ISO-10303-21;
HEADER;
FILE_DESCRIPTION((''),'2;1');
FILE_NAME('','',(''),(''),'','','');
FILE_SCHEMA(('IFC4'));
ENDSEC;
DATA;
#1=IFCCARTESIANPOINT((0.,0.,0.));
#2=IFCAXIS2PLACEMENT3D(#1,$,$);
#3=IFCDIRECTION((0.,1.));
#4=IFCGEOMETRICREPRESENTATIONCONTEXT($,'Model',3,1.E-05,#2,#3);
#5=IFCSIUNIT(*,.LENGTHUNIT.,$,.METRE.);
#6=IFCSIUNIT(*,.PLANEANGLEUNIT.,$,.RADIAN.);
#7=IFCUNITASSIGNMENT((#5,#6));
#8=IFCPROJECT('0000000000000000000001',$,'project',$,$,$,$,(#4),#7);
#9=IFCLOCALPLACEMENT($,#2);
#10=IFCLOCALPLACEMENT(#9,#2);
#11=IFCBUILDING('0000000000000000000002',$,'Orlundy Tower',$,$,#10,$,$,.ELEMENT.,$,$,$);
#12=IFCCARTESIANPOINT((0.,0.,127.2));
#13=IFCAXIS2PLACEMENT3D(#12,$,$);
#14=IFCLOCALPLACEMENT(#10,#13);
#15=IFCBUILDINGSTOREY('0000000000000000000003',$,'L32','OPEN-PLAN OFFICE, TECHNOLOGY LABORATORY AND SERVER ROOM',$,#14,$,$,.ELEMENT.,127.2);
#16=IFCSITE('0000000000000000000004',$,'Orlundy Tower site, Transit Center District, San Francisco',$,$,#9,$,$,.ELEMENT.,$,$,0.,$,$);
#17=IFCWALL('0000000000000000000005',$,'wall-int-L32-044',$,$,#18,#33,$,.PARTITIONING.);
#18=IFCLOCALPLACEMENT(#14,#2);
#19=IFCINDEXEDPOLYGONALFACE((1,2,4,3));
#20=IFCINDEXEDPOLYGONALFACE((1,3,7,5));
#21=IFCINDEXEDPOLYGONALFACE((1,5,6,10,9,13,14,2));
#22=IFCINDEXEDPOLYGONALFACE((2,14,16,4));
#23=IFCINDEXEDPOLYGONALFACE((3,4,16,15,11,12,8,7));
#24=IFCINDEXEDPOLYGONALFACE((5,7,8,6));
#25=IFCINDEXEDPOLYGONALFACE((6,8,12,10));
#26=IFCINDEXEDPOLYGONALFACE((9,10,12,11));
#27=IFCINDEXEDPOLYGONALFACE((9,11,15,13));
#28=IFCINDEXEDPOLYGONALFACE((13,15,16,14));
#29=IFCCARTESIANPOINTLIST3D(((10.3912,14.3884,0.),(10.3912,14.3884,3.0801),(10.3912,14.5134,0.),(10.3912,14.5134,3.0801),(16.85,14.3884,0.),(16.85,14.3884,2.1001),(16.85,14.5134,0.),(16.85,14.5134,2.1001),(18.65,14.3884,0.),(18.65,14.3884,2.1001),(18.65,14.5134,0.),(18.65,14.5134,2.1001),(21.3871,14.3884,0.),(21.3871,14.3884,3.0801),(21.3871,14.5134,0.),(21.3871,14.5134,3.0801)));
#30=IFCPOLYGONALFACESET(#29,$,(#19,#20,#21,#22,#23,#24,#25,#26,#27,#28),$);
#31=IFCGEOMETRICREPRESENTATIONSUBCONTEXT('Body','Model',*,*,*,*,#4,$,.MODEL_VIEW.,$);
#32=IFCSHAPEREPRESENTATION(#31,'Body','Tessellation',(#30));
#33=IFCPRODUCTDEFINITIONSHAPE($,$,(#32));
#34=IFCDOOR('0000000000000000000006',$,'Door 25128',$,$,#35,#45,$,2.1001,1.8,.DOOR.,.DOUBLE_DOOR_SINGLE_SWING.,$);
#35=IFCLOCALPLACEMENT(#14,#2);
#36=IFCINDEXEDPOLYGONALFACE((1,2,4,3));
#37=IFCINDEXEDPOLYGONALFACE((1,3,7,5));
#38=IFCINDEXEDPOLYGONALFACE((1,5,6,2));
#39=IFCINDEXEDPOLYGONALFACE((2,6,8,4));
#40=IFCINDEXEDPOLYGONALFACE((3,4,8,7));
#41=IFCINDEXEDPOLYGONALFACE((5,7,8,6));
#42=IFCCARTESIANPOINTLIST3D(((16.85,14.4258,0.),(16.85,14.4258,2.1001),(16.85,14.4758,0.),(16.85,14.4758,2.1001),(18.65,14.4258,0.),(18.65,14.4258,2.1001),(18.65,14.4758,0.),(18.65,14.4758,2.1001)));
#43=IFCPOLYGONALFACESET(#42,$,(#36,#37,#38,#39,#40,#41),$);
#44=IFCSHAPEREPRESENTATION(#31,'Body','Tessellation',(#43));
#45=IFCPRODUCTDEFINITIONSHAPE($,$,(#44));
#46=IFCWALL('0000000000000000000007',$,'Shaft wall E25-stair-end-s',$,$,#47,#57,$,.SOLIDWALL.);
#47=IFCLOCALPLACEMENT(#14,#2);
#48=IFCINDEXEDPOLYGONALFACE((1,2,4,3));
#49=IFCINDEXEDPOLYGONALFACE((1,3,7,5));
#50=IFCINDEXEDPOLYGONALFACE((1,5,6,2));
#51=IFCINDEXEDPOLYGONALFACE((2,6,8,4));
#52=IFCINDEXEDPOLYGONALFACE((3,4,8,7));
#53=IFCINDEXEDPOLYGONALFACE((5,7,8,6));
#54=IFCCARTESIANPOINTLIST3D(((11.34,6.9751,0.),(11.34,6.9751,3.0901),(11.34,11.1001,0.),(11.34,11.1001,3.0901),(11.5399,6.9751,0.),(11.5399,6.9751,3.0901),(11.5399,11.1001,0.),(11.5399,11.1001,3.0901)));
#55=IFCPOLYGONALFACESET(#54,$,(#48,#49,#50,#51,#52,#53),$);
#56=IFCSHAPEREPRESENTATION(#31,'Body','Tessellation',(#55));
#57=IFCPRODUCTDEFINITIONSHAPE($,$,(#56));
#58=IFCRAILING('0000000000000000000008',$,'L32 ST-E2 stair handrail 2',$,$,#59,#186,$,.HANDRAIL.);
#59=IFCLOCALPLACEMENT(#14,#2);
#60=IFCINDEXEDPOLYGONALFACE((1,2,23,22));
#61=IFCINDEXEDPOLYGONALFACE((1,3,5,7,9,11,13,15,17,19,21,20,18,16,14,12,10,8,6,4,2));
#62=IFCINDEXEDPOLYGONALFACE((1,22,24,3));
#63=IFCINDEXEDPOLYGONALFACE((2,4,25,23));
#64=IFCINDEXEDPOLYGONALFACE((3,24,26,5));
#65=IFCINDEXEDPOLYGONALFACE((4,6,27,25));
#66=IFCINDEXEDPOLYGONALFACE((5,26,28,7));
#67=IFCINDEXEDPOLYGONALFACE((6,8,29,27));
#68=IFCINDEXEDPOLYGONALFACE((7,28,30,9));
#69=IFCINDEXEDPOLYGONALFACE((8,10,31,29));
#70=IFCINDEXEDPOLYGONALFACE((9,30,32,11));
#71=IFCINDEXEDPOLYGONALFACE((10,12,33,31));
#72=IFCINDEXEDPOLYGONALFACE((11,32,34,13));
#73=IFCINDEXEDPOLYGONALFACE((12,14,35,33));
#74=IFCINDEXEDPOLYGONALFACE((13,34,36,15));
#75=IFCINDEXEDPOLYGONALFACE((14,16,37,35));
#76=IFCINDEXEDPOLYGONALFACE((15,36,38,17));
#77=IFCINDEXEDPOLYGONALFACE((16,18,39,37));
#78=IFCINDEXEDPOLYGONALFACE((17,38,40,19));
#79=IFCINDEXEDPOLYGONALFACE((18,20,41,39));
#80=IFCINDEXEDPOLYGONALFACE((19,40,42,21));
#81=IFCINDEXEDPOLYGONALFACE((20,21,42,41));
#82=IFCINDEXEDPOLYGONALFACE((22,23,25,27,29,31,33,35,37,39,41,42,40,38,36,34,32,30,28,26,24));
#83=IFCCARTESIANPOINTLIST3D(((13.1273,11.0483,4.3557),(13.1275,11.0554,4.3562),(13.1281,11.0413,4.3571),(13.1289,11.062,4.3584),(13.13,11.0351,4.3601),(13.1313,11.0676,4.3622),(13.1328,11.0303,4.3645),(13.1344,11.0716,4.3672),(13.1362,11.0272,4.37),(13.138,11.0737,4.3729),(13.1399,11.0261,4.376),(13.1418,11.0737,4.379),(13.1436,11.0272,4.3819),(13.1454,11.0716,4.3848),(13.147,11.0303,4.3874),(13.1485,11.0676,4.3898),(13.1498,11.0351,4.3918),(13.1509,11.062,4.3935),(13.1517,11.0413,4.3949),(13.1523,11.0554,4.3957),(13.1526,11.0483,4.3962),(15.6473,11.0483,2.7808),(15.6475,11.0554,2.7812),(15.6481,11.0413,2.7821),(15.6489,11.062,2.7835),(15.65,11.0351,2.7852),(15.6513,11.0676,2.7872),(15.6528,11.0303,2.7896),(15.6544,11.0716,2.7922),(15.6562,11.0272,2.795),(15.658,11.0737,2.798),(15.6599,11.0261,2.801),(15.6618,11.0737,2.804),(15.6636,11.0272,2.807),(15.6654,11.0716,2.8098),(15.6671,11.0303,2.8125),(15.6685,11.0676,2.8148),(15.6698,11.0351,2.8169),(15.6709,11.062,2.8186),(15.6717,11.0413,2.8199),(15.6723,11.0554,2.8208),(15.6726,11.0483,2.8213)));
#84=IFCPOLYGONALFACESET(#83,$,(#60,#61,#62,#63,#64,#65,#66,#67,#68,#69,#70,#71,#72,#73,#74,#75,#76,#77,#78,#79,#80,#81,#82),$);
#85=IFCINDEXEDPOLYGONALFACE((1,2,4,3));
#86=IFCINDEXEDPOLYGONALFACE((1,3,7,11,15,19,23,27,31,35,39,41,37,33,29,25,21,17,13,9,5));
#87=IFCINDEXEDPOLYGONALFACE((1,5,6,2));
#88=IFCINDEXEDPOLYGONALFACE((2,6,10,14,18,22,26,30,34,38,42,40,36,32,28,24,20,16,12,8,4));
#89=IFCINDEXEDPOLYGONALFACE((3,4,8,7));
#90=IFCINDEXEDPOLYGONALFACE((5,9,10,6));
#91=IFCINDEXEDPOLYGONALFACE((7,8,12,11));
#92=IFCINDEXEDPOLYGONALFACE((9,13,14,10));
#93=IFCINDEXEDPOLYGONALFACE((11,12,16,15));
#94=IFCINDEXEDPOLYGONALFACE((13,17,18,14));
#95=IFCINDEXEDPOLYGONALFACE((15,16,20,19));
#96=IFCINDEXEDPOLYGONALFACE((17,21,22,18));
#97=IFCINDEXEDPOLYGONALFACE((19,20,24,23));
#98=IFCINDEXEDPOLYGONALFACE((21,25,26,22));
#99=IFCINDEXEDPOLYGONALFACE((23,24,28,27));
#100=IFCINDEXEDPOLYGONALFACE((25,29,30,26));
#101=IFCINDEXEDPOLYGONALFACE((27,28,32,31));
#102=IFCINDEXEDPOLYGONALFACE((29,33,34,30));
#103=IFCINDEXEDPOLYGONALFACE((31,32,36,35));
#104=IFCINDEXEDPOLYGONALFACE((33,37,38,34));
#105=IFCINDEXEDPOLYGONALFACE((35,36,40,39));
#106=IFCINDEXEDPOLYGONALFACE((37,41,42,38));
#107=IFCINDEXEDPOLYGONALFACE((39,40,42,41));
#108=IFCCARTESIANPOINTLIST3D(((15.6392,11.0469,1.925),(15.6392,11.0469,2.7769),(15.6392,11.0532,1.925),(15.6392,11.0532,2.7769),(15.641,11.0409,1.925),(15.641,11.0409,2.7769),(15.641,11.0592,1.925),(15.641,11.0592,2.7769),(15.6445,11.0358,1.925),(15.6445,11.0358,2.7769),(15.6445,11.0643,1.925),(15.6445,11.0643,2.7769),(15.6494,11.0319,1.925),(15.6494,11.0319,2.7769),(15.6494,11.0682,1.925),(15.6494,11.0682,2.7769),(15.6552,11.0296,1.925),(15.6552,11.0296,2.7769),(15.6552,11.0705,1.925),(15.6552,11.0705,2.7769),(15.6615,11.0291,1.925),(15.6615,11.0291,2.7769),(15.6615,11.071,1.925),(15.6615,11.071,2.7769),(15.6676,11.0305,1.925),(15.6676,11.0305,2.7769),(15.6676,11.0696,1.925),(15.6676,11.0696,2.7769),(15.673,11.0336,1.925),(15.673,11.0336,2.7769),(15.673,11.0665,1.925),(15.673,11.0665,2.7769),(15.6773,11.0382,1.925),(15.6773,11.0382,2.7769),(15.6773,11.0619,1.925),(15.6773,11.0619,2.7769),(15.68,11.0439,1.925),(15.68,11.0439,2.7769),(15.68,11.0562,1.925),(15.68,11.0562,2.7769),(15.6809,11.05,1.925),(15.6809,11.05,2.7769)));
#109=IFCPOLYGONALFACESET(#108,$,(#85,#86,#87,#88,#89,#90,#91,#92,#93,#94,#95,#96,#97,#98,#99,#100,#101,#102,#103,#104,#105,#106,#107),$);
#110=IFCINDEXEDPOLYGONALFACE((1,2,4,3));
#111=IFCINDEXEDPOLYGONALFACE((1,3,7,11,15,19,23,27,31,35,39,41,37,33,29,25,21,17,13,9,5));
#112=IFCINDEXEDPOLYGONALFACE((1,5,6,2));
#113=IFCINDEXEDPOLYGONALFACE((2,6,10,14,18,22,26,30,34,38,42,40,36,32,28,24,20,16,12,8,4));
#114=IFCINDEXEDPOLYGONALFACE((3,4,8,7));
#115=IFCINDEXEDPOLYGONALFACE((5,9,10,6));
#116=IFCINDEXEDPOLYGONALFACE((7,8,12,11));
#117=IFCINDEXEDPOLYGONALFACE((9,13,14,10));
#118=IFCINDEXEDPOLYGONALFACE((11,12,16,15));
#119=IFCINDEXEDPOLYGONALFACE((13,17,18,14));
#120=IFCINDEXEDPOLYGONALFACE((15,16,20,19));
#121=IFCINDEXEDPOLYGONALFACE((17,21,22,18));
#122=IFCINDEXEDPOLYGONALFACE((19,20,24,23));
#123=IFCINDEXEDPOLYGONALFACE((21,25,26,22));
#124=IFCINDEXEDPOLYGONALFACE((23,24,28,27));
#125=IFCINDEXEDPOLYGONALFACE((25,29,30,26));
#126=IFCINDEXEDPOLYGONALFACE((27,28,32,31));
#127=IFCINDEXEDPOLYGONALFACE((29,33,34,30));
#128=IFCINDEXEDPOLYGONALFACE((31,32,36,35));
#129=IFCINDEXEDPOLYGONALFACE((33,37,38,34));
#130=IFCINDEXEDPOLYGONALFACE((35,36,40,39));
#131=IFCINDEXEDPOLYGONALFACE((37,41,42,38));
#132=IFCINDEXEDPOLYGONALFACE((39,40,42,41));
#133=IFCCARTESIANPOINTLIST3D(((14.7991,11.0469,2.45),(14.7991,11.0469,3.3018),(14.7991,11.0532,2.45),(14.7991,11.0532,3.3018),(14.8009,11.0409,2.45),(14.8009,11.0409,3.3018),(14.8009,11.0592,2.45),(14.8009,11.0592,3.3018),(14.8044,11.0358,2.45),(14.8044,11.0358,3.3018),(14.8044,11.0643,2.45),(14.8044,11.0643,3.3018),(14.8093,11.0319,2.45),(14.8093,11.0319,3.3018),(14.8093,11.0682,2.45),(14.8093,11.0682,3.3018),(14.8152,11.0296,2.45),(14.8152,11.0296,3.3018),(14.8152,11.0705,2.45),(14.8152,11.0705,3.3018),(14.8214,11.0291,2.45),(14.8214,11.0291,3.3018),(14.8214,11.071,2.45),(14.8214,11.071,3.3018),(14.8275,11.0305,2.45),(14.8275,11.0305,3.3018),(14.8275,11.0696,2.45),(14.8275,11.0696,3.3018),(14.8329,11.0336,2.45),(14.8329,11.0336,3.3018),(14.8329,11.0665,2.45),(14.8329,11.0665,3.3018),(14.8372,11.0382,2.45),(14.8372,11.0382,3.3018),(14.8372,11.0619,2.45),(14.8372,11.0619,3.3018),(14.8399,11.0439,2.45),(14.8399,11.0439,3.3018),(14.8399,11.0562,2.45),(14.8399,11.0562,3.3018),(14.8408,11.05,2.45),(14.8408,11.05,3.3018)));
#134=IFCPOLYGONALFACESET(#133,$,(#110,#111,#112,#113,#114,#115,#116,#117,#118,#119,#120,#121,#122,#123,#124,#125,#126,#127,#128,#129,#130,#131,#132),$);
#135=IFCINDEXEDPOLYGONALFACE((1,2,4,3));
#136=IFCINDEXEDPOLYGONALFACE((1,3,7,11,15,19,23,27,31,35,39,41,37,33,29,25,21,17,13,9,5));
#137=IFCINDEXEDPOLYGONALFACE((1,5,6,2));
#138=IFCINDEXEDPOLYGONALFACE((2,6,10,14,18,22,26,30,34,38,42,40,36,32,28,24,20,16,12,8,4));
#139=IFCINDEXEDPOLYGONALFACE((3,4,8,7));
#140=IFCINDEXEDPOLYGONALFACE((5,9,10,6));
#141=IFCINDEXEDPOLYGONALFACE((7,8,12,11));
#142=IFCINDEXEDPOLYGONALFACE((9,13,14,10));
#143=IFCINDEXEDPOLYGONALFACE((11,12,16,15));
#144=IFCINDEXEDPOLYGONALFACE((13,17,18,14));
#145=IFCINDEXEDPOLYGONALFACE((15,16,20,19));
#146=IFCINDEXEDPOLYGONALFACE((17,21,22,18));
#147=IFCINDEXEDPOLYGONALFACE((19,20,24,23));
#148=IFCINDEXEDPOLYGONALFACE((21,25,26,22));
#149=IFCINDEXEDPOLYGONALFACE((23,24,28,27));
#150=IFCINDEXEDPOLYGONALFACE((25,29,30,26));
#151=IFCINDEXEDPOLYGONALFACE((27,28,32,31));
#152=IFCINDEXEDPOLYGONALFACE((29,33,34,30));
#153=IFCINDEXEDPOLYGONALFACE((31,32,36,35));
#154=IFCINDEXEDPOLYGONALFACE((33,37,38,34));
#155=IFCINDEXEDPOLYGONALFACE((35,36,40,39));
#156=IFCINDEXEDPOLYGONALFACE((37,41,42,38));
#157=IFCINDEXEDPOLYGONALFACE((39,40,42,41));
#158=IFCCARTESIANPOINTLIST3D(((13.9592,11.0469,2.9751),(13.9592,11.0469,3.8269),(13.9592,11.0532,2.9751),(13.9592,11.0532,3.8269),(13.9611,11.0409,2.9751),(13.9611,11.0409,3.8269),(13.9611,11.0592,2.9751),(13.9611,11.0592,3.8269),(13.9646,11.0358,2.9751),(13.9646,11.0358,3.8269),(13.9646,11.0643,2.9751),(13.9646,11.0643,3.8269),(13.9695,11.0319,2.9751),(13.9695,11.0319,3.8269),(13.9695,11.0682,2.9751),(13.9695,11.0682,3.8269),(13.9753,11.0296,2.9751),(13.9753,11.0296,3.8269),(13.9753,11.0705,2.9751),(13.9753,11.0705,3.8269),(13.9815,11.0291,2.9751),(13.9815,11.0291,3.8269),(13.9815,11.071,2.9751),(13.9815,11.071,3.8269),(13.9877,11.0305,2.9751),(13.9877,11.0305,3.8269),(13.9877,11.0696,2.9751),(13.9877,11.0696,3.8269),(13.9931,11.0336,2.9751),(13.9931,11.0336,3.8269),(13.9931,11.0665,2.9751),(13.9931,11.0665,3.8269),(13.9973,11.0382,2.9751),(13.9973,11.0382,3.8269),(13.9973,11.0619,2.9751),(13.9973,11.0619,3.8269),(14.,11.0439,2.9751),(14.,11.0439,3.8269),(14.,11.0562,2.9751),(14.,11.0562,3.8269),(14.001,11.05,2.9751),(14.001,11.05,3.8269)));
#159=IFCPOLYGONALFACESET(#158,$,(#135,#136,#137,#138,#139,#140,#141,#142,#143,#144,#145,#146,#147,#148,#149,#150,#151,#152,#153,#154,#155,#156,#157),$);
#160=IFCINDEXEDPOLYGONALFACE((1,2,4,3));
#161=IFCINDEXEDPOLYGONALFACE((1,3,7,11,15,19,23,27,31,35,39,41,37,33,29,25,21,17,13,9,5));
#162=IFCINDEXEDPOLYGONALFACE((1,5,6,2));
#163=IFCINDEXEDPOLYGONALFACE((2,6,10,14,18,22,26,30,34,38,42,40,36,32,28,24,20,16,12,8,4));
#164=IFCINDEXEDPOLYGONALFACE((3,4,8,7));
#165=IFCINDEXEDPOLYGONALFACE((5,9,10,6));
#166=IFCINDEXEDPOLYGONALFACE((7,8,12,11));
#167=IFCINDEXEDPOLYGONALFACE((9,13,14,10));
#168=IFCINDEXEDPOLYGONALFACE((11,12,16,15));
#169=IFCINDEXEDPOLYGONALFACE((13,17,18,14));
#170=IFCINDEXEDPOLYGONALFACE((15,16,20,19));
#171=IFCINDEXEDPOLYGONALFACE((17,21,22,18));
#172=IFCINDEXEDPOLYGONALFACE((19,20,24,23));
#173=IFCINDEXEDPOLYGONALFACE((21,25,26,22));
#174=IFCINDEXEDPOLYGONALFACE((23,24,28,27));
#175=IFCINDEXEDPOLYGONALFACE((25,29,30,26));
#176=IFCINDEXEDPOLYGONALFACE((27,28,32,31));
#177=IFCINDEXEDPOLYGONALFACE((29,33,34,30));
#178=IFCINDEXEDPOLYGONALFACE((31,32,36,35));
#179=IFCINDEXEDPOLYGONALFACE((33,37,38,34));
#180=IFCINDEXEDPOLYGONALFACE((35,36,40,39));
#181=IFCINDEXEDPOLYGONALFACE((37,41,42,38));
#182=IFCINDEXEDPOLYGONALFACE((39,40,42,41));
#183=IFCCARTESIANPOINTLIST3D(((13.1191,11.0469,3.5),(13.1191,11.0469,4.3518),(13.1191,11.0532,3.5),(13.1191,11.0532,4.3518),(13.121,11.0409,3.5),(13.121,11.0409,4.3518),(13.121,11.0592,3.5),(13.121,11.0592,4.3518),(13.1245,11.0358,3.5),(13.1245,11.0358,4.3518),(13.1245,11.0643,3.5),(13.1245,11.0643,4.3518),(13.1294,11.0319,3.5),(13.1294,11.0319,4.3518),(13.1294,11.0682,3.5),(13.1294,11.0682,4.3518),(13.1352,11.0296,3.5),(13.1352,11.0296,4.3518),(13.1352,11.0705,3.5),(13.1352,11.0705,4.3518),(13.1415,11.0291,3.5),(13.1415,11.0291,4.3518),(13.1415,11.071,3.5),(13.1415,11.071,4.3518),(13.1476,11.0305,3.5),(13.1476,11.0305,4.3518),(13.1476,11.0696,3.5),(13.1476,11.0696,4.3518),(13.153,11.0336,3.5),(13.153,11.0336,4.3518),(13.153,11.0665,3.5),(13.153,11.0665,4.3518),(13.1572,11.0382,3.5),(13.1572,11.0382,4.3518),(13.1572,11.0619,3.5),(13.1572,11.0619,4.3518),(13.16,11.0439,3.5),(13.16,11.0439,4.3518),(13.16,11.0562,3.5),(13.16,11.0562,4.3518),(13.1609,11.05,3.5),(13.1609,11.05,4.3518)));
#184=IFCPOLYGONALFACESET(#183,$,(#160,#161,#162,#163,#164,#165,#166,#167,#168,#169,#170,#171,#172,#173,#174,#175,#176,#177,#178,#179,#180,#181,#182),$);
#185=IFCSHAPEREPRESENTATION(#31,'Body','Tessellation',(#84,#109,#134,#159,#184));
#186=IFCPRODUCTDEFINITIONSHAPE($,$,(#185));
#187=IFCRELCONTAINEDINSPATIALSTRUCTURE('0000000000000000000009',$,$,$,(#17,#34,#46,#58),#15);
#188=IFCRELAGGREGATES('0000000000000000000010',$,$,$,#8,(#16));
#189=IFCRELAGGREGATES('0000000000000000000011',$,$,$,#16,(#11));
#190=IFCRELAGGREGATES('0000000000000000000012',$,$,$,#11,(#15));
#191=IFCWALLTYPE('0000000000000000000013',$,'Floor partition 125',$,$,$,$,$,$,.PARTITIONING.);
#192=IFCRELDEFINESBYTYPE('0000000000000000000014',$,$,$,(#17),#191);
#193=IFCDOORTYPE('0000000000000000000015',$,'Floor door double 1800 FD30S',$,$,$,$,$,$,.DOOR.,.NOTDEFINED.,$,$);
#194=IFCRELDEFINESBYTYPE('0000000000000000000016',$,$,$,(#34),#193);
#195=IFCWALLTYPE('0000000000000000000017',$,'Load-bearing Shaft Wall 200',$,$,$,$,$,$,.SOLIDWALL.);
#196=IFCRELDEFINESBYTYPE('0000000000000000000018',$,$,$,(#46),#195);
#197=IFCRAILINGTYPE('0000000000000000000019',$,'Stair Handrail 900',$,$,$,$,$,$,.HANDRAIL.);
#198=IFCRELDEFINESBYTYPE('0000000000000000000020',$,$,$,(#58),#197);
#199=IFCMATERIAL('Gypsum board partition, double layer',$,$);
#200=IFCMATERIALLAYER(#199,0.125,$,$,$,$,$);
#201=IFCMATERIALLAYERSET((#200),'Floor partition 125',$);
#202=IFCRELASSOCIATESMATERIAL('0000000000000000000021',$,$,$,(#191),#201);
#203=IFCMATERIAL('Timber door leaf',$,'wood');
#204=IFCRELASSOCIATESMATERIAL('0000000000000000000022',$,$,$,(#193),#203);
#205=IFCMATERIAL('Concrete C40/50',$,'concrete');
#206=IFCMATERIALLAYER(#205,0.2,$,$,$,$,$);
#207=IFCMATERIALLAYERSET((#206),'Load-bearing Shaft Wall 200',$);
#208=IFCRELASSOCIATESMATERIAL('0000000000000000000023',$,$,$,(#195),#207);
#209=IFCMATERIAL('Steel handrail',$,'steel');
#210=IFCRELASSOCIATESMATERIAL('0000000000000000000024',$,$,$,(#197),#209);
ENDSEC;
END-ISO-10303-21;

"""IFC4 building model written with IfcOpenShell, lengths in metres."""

from ifc_helpers import new_model, si_unit, direction, frame, frame_2d, origin, origin_2d, place, context, subcontext, project, spatial, rectangle, circle, extrude, material, layer, layer_set, type_object, element, fill, save


model = new_model("IFC4")

# Units and contexts
model_context = context("Model", 3, precision=1e-05, world=origin(), true_north=direction((0.0, 1.0)))
body_context = subcontext(model_context, "Body", "Model", "MODEL_VIEW")
ifc_project = project(units=[si_unit("LENGTHUNIT", "METRE"), si_unit("PLANEANGLEUNIT", "RADIAN")], contexts=[model_context])

# Site, building, storey
site_placement = place(None, origin())
site = spatial("IfcSite", under=ifc_project, at=site_placement, Name="Orlundy Tower site, Transit Center District, San Francisco", CompositionType="ELEMENT", RefElevation=0.0)
building_placement = place(site_placement, origin())
building = spatial("IfcBuilding", under=site, at=building_placement, Name="Orlundy Tower", CompositionType="ELEMENT")
storey_placement = place(building_placement, frame((0.0, 0.0, 127.2)))
storey = spatial("IfcBuildingStorey", under=building, at=storey_placement, Name="L32", Description="OPEN-PLAN OFFICE, TECHNOLOGY LABORATORY AND SERVER ROOM", CompositionType="ELEMENT", Elevation=127.2)

# Wall, opening, door
ifc_material_1 = material(Name="Gypsum board partition, double layer")
ifc_layer_1 = layer(ifc_material_1, 0.125)
ifc_layer_set_1 = layer_set([ifc_layer_1], Name="Floor partition 125")
wall_type_1 = type_object("IfcWallType", Name="Floor partition 125", PredefinedType="PARTITIONING", material=ifc_layer_set_1)
wall_1_placement = place(storey_placement, frame((10.3911, 14.4509, 0.0), z_axis=(0.0, 0.0, 1.0), x_axis=(1.0, 0.0, 0.0)))
wall_1 = element("IfcWall", 1, at=wall_1_placement, inside=storey, type_object=wall_type_1, Name="wall-int-L32-044", PredefinedType="PARTITIONING", context=body_context, shape_type="SweptSolid", body=[
    extrude(rectangle(XDim=10.9958, YDim=0.125, at=frame_2d((5.498, 0.0))), origin(), (0.0, 0.0, 1.0), 3.0801),
])
opening_1_placement = place(wall_1_placement, frame((6.459, 0.0, 0.0)))
opening_1 = element("IfcOpeningElement", 2, at=opening_1_placement, cuts=wall_1, PredefinedType="OPENING", context=body_context, shape_type="SweptSolid", body=[
    extrude(rectangle(XDim=1.8, YDim=2.1001, at=frame_2d((0.8999, 1.05))), frame((0.0, 0.0725, 0.0), z_axis=(0.0, -1.0, 0.0), x_axis=(1.0, 0.0, 0.0)), (0.0, 0.0, 1.0), 0.145),
])
ifc_material_2 = material(Name="Timber door leaf", Category="wood")
door_type_1 = type_object("IfcDoorType", Name="Floor door double 1800 FD30S", OperationType="NOTDEFINED", PredefinedType="DOOR", material=ifc_material_2)
door_1_placement = place(opening_1_placement, origin())
door_1 = element("IfcDoor", 3, at=door_1_placement, inside=storey, type_object=door_type_1, Name="Door 25128", OperationType="DOUBLE_DOOR_SINGLE_SWING", OverallHeight=2.1001, OverallWidth=1.8, PredefinedType="DOOR", context=body_context, shape_type="SweptSolid", body=[
    extrude(rectangle(XDim=1.8, YDim=2.1001, at=frame_2d((0.8999, 1.05))), frame((0.0, 0.0249, 0.0), z_axis=(0.0, -1.0, 0.0), x_axis=(1.0, 0.0, 0.0)), (0.0, 0.0, 1.0), 0.05),
])
fill(opening_1, door_1)

# Wall
ifc_material_3 = material(Name="Concrete C40/50", Category="concrete")
ifc_layer_2 = layer(ifc_material_3, 0.2)
ifc_layer_set_2 = layer_set([ifc_layer_2], Name="Load-bearing Shaft Wall 200")
wall_type_2 = type_object("IfcWallType", Name="Load-bearing Shaft Wall 200", PredefinedType="SOLIDWALL", material=ifc_layer_set_2)
wall_2_placement = place(storey_placement, frame((11.4399, 11.1001, 0.0), z_axis=(0.0, 0.0, 1.0), x_axis=(0.0, -1.0, 0.0)))
element("IfcWall", 4, at=wall_2_placement, inside=storey, type_object=wall_type_2, Name="Shaft wall E25-stair-end-s", PredefinedType="SOLIDWALL", context=body_context, shape_type="SweptSolid", body=[
    extrude(rectangle(XDim=4.125, YDim=0.2, at=frame_2d((2.0625, 0.0))), origin(), (0.0, 0.0, 1.0), 3.0901),
])

# Railing
ifc_material_4 = material(Name="Steel handrail", Category="steel")
railing_type = type_object("IfcRailingType", Name="Stair Handrail 900", PredefinedType="HANDRAIL", material=ifc_material_4)
railing_placement = place(storey_placement, frame((15.6599, 11.05, 1.925)))
element("IfcRailing", 5, at=railing_placement, inside=storey, type_object=railing_type, Name="L32 ST-E2 stair handrail 2", PredefinedType="HANDRAIL", context=body_context, shape_type="SweptSolid", body=[
    extrude(circle(Radius=0.0239, at=origin_2d()), frame((0.0, 0.0, 0.876), z_axis=(-0.848008, 0.0, 0.529984), x_axis=(0.0, -1.0, 0.0)), (0.0, 0.0, 1.0), 2.9717),
    extrude(circle(Radius=0.021, at=origin_2d()), origin(), (0.0, 0.0, 1.0), 0.8518),
    extrude(circle(Radius=0.021, at=origin_2d()), frame((-0.8401, 0.0, 0.5249)), (0.0, 0.0, 1.0), 0.8518),
    extrude(circle(Radius=0.021, at=origin_2d()), frame((-1.6799, 0.0, 1.05)), (0.0, 0.0, 1.0), 0.8518),
    extrude(circle(Radius=0.021, at=origin_2d()), frame((-2.52, 0.0, 1.575)), (0.0, 0.0, 1.0), 0.8518),
])

save(model, "model.ifc")
